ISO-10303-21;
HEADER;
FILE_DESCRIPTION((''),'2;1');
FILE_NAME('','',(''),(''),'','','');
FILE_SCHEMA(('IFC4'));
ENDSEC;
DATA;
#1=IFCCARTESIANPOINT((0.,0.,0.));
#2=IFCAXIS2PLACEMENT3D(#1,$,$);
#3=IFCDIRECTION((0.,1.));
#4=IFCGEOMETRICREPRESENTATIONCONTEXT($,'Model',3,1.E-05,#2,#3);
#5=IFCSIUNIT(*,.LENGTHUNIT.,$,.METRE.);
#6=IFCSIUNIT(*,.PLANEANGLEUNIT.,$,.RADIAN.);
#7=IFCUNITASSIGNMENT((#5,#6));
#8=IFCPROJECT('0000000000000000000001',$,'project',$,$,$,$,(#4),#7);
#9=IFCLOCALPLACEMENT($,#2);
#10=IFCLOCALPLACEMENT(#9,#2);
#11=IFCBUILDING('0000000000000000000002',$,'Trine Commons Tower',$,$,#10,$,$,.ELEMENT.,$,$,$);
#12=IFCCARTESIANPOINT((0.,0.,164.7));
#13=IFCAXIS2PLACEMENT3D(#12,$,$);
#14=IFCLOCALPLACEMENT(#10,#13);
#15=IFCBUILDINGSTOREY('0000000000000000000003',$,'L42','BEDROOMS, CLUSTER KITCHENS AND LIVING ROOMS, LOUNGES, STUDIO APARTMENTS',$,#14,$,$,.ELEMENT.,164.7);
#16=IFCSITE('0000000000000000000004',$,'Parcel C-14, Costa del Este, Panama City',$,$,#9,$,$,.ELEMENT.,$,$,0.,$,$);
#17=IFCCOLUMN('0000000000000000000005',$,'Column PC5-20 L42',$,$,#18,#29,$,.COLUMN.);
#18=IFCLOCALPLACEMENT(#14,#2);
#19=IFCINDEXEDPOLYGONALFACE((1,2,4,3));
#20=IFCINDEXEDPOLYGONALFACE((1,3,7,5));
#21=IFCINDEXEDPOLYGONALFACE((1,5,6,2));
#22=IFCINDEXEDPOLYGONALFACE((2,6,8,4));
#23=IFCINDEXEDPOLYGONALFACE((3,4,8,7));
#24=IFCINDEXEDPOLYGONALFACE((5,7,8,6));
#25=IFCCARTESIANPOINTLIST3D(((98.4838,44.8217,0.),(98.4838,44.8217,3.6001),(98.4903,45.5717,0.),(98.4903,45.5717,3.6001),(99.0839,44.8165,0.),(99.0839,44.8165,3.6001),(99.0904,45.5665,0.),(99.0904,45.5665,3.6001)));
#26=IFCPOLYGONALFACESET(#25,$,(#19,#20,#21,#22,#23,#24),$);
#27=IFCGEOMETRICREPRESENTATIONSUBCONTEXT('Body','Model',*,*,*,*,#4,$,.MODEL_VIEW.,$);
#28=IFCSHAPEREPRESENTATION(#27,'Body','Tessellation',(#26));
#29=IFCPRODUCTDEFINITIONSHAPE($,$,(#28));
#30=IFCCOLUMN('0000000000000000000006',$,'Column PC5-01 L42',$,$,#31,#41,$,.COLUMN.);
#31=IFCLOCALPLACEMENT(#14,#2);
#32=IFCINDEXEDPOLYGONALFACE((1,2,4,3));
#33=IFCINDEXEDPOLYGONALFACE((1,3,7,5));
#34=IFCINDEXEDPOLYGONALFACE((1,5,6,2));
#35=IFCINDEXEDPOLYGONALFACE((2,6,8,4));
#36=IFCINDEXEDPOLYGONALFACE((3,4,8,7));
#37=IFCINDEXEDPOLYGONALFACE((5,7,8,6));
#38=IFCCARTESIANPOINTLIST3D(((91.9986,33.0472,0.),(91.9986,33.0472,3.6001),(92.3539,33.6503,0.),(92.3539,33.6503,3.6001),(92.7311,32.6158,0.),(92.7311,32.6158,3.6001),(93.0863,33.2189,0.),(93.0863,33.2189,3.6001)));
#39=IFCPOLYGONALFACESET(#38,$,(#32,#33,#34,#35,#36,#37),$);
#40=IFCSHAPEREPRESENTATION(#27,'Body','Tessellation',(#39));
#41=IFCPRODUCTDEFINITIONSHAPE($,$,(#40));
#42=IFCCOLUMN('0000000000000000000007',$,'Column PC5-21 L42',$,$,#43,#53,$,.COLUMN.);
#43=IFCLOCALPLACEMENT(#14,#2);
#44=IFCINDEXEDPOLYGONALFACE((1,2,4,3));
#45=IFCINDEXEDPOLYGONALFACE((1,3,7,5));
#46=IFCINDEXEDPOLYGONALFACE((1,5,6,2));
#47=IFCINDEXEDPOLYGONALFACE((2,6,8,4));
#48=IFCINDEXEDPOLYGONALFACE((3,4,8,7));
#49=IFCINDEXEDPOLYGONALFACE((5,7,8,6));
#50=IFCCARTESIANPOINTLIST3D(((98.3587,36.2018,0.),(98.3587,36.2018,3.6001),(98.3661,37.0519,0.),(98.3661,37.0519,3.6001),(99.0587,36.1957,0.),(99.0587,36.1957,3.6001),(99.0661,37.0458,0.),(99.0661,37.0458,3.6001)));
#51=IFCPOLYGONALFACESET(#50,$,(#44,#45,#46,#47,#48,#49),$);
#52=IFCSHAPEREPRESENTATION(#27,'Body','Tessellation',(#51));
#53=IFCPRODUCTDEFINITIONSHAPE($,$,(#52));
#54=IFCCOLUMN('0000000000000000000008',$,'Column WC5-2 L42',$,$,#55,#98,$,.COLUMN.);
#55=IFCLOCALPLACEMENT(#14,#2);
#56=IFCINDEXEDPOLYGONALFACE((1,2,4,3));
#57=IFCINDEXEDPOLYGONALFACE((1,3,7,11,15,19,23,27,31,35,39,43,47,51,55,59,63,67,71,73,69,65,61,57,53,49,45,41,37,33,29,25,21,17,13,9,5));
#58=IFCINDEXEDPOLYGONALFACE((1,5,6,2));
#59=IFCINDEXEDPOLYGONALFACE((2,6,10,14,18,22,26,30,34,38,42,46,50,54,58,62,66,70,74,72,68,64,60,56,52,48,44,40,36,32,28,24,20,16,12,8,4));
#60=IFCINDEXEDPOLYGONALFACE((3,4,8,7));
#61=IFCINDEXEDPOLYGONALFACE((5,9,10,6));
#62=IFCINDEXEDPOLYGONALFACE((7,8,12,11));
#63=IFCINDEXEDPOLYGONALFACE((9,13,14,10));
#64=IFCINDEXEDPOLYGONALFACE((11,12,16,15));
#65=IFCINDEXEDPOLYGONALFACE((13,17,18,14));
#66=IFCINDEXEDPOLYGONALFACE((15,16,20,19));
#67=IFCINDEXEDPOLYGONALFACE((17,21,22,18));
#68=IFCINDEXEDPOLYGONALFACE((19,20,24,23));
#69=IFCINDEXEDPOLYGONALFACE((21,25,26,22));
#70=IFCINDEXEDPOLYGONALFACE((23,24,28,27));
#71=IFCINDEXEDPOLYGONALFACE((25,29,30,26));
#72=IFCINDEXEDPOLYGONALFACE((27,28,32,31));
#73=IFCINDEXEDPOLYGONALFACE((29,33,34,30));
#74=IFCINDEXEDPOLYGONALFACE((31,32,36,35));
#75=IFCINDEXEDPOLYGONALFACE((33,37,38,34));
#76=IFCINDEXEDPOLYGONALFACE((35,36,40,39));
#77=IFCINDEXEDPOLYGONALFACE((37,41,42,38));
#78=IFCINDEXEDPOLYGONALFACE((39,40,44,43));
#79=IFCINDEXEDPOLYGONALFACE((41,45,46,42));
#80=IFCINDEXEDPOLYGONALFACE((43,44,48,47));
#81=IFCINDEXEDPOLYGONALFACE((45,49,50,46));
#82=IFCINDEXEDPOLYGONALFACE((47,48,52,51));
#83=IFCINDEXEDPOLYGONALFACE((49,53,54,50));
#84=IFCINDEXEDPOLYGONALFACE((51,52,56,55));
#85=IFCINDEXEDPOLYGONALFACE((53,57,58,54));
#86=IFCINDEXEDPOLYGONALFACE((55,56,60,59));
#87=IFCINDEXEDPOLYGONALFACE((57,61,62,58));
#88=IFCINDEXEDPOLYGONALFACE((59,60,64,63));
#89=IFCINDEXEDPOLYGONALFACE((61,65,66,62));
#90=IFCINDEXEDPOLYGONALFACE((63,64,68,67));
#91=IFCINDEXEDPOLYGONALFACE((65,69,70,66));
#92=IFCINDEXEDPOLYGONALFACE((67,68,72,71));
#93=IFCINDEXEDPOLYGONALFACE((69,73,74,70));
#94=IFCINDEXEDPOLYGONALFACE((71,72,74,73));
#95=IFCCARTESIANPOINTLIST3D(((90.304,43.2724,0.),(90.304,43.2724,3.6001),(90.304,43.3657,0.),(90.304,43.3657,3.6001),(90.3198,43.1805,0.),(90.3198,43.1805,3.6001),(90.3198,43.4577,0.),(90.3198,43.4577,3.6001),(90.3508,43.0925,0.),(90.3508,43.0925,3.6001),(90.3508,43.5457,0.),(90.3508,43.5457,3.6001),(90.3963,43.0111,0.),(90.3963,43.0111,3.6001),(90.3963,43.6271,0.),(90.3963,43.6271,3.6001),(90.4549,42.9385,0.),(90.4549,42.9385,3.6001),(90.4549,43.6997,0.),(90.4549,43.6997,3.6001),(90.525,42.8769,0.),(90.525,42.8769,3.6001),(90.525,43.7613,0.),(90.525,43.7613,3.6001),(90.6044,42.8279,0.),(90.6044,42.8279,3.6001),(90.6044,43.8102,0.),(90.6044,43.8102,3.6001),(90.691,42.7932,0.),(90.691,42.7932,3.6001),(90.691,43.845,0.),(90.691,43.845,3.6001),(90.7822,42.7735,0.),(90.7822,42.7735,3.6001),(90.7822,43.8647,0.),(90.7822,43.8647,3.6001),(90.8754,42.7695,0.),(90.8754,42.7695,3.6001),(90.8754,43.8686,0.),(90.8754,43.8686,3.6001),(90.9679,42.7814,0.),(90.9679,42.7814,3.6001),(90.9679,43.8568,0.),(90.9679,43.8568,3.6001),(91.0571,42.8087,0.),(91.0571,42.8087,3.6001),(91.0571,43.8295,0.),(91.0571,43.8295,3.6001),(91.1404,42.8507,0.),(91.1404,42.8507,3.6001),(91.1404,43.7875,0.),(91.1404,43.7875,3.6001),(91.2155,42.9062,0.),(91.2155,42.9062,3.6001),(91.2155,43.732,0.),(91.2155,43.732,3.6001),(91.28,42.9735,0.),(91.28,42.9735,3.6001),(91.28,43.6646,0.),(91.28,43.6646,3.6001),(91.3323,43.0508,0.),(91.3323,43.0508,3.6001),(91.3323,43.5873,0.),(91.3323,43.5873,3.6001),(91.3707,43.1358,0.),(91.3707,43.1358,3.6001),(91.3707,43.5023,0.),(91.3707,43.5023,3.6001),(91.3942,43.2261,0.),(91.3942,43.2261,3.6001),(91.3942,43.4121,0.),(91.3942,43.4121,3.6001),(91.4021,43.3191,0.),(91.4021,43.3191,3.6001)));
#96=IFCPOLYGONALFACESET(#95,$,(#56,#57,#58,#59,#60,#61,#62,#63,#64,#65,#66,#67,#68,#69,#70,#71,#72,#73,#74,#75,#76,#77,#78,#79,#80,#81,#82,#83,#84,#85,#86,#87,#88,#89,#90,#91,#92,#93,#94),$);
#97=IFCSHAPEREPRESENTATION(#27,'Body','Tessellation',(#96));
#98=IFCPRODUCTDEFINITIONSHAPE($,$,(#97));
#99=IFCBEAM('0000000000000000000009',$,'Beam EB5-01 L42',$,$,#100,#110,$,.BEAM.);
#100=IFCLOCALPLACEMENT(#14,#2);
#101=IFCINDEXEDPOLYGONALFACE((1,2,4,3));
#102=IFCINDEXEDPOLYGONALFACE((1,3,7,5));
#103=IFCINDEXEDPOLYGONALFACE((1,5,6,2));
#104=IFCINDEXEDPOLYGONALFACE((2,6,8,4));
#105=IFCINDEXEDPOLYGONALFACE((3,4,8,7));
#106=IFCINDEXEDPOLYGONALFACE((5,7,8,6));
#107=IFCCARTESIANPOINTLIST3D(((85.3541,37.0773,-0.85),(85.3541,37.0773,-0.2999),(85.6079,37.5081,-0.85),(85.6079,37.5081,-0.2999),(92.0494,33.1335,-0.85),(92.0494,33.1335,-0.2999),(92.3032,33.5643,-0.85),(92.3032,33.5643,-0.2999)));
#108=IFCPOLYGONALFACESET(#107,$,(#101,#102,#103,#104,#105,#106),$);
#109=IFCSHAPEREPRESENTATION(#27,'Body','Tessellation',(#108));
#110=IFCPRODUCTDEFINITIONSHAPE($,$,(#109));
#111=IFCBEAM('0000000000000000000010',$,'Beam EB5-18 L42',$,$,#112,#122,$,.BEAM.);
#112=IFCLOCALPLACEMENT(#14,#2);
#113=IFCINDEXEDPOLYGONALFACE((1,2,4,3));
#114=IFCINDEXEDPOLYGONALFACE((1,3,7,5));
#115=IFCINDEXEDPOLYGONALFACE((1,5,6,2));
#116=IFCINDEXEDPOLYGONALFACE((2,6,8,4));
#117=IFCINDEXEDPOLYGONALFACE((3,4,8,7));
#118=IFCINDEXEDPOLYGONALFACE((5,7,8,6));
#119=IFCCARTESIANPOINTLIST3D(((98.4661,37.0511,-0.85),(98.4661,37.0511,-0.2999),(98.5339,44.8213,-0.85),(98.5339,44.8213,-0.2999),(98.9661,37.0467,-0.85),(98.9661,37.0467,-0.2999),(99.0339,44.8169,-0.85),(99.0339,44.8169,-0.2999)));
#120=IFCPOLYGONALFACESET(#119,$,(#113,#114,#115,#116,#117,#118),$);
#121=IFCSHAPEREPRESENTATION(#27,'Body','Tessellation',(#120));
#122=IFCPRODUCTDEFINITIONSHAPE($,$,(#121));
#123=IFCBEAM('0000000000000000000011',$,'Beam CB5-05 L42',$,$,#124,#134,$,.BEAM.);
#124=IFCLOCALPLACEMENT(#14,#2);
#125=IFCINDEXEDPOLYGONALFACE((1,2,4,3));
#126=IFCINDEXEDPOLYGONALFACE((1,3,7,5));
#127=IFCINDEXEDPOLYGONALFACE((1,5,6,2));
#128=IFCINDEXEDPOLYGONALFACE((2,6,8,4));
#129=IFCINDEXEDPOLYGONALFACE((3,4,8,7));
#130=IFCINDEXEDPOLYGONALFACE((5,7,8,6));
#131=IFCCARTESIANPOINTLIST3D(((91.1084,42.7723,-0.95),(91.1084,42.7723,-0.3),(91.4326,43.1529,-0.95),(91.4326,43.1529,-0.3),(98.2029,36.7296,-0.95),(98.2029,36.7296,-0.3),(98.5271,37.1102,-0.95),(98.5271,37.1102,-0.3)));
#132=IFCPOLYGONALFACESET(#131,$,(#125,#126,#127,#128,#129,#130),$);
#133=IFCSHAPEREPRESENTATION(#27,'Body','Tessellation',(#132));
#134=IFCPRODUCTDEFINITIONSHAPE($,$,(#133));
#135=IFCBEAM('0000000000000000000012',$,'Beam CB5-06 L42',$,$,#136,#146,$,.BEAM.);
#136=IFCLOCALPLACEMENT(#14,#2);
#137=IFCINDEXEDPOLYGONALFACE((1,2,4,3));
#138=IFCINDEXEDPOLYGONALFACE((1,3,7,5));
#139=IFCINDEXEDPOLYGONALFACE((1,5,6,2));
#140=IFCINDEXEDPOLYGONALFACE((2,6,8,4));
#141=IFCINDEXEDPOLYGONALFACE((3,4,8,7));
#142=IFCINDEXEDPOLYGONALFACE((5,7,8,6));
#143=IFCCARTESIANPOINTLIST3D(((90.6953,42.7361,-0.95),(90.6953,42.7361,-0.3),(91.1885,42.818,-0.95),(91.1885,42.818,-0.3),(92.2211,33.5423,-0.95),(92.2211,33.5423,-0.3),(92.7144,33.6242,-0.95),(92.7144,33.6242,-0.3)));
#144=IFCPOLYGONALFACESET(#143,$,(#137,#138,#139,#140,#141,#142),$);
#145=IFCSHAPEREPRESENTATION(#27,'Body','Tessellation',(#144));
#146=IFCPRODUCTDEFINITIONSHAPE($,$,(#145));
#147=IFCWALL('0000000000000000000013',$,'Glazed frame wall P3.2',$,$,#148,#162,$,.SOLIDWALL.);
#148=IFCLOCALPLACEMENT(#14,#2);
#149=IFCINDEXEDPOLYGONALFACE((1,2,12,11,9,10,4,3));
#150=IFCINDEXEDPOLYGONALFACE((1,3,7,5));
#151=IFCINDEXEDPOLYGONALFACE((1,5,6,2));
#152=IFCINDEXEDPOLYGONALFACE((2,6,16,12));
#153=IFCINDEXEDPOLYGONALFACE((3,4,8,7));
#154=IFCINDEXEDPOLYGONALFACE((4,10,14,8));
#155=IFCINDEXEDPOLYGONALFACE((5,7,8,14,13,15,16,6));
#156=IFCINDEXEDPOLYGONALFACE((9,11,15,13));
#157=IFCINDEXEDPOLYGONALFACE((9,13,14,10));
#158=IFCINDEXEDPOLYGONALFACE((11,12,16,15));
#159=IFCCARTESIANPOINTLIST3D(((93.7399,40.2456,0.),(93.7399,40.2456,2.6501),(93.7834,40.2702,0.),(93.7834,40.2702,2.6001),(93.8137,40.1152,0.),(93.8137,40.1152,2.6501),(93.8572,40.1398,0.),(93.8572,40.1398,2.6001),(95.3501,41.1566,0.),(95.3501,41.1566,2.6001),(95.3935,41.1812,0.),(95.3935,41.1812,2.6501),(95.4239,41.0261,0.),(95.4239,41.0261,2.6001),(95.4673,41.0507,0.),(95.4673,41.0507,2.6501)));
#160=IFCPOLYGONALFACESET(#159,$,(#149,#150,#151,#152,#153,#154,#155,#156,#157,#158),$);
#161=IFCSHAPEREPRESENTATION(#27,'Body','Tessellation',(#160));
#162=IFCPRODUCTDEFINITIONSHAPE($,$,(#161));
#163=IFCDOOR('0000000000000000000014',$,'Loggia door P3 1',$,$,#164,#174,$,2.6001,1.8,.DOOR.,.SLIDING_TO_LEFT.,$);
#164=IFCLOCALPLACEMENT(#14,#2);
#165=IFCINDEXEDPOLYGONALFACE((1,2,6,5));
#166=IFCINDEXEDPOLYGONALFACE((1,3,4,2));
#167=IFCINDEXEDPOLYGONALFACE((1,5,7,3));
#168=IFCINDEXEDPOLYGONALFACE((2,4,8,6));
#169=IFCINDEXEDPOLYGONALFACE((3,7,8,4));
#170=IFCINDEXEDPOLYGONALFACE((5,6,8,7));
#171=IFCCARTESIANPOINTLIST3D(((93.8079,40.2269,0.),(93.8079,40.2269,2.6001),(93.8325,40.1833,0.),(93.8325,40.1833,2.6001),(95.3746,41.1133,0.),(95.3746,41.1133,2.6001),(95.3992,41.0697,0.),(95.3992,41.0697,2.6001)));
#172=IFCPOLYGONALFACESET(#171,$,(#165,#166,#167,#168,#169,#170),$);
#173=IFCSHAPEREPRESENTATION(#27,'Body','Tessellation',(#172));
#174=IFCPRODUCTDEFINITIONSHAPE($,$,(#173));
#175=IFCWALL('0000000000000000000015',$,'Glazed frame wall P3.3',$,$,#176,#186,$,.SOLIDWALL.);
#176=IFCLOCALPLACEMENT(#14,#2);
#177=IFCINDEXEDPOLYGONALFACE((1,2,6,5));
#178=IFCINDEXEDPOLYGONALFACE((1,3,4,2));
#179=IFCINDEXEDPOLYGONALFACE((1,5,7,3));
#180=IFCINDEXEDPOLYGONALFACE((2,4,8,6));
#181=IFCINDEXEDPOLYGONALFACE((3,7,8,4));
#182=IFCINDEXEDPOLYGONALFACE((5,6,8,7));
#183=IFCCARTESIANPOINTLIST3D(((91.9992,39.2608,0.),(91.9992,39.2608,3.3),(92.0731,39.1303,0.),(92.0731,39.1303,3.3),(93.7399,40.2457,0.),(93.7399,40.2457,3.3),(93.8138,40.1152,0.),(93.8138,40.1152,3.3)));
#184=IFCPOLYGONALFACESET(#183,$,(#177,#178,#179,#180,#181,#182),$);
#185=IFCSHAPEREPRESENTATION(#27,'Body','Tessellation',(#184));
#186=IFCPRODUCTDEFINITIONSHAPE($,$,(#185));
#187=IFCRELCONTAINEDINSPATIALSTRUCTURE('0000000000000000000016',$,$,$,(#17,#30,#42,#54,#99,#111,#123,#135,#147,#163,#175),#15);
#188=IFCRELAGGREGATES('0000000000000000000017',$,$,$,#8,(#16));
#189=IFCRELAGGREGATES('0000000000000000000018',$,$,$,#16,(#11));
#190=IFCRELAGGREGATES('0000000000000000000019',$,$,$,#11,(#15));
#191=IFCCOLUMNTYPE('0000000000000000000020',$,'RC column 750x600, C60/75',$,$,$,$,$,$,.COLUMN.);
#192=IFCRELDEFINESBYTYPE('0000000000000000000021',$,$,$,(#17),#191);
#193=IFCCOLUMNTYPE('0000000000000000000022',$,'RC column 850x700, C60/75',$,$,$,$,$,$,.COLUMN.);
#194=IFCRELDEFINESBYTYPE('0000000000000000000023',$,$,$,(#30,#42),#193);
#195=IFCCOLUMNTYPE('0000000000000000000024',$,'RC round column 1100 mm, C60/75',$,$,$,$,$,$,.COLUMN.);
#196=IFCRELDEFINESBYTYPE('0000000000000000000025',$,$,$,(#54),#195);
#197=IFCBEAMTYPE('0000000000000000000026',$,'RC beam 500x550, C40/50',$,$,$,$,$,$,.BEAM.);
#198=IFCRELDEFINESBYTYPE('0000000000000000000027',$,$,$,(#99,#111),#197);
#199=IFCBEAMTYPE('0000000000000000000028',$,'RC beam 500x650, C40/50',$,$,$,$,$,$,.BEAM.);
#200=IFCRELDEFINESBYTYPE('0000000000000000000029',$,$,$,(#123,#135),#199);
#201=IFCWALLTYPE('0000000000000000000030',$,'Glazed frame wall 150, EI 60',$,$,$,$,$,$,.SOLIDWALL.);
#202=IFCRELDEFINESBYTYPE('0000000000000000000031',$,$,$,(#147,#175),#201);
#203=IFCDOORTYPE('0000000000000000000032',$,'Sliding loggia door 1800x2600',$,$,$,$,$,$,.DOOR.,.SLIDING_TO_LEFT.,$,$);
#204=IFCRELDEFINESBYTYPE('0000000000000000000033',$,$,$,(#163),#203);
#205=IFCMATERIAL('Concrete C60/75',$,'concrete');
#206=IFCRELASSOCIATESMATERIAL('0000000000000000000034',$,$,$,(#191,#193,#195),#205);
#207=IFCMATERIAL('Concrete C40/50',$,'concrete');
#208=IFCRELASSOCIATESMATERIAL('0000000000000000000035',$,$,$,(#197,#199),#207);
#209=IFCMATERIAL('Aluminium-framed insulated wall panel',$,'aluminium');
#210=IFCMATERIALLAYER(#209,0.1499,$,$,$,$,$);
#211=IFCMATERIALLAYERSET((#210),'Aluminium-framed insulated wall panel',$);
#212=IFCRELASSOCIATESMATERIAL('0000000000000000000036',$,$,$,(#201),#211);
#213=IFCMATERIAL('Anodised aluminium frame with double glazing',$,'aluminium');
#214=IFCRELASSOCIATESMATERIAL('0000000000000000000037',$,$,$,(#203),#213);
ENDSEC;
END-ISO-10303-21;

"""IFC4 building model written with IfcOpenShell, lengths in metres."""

from ifc_helpers import new_model, si_unit, direction, frame, frame_2d, origin, origin_2d, place, context, subcontext, project, spatial, polyline, rectangle, circle, outline, extrude, material, layer, layer_set, material_profile, profile_set, type_object, element, fill, save


model = new_model("IFC4")

# Units and contexts
model_context = context("Model", 3, precision=1e-05, world=origin(), true_north=direction((0.0, 1.0)))
body_context = subcontext(model_context, "Body", "Model", "MODEL_VIEW")
ifc_project = project(units=[si_unit("LENGTHUNIT", "METRE"), si_unit("PLANEANGLEUNIT", "RADIAN")], contexts=[model_context])

# Site, building, storey
site_placement = place(None, origin())
site = spatial("IfcSite", under=ifc_project, at=site_placement, Name="Parcel C-14, Costa del Este, Panama City", CompositionType="ELEMENT", RefElevation=0.0)
building_placement = place(site_placement, origin())
building = spatial("IfcBuilding", under=site, at=building_placement, Name="Trine Commons Tower", CompositionType="ELEMENT")
storey_placement = place(building_placement, frame((0.0, 0.0, 164.7)))
storey = spatial("IfcBuildingStorey", under=building, at=storey_placement, Name="L42", Description="BEDROOMS, CLUSTER KITCHENS AND LIVING ROOMS, LOUNGES, STUDIO APARTMENTS", CompositionType="ELEMENT", Elevation=164.7)

# Columns
ifc_material_1 = material(Name="Concrete C60/75", Category="concrete")
ifc_material_profile_1 = material_profile(ifc_material_1, rectangle(XDim=0.75, YDim=0.6001, at=origin_2d()), Name="RC 750x600")
ifc_profile_set_1 = profile_set([ifc_material_profile_1], Name="Concrete C60/75")
column_type_1 = type_object("IfcColumnType", Name="RC column 750x600, C60/75", PredefinedType="COLUMN", material=ifc_profile_set_1)
column_1_placement = place(storey_placement, frame((98.7871, 45.1941, 0.0), z_axis=(0.0, 0.0, 1.0), x_axis=(0.008727, 0.999962, 0.0)))
element("IfcColumn", 1, at=column_1_placement, inside=storey, type_object=column_type_1, Name="Column PC5-20 L42", PredefinedType="COLUMN", context=body_context, shape_type="SweptSolid", body=[
    extrude(rectangle(XDim=0.75, YDim=0.6001, at=origin_2d()), origin(), (0.0, 0.0, 1.0), 3.6001),
])
ifc_material_profile_2 = material_profile(ifc_material_1, rectangle(XDim=0.8501, YDim=0.7, at=origin_2d()), Name="RC 850x700")
ifc_profile_set_2 = profile_set([ifc_material_profile_2], Name="Concrete C60/75")
column_type_2 = type_object("IfcColumnType", Name="RC column 850x700, C60/75", PredefinedType="COLUMN", material=ifc_profile_set_2)
for number, where, z_axis, x_axis, name in (
    (2, (92.5425, 33.1331, 0.0), (0.0, 0.0, 1.0), (-0.861629, 0.507538, 0.0), "Column PC5-01 L42"),
    (3, (98.7124, 36.6238, 0.0), (0.0, 0.0, 1.0), (0.008727, 0.999962, 0.0), "Column PC5-21 L42"),
):
    element("IfcColumn", number, at=place(storey_placement, frame(where, z_axis=z_axis, x_axis=x_axis)), inside=storey, type_object=column_type_2, Name=name, PredefinedType="COLUMN", context=body_context, shape_type="SweptSolid", body=[
        extrude(rectangle(XDim=0.8501, YDim=0.7, at=origin_2d()), origin(), (0.0, 0.0, 1.0), 3.6001),
    ])
ifc_material_profile_3 = material_profile(ifc_material_1, circle(Radius=0.55, at=origin_2d()), Name="RC round 1100")
ifc_profile_set_3 = profile_set([ifc_material_profile_3], Name="Concrete C60/75")
column_type_3 = type_object("IfcColumnType", Name="RC round column 1100 mm, C60/75", PredefinedType="COLUMN", material=ifc_profile_set_3)
column_2_placement = place(storey_placement, frame((90.8521, 43.3191, 0.0), z_axis=(0.0, 0.0, 1.0), x_axis=(1.0, 0.0, 0.0)))
element("IfcColumn", 4, at=column_2_placement, inside=storey, type_object=column_type_3, Name="Column WC5-2 L42", PredefinedType="COLUMN", context=body_context, shape_type="SweptSolid", body=[
    extrude(circle(Radius=0.55, at=origin_2d()), origin(), (0.0, 0.0, 1.0), 3.6001),
])

# Beams
ifc_material_2 = material(Name="Concrete C40/50", Category="concrete")
ifc_material_profile_4 = material_profile(ifc_material_2, rectangle(XDim=0.5, YDim=0.55, at=origin_2d()), Name="RC 500x550")
ifc_profile_set_4 = profile_set([ifc_material_profile_4], Name="Concrete C40/50")
beam_type_1 = type_object("IfcBeamType", Name="RC beam 500x550, C40/50", PredefinedType="BEAM", material=ifc_profile_set_4)
for number, where, z_axis, x_axis, name in (
    (5, (92.1763, 33.3489, -0.575), (-0.861629, 0.507539, 0.0), (-0.507539, -0.861629, 0.0), "Beam EB5-01 L42"),
    (6, (98.7839, 44.8191, -0.575), (-0.008734, -0.999962, 0.0), (0.999962, -0.008734, 0.0), "Beam EB5-18 L42"),
):
    element("IfcBeam", number, at=place(storey_placement, frame(where, z_axis=z_axis, x_axis=x_axis)), inside=storey, type_object=beam_type_1, Name=name, PredefinedType="BEAM", context=body_context, shape_type="SweptSolid", body=[
        extrude(rectangle(XDim=0.5, YDim=0.55, at=origin_2d()), origin(), (0.0, 0.0, 1.0), 7.7705),
    ])
ifc_material_profile_5 = material_profile(ifc_material_2, rectangle(XDim=0.5, YDim=0.6499, at=origin_2d()), Name="RC 500x650")
ifc_profile_set_5 = profile_set([ifc_material_profile_5], Name="Concrete C40/50")
beam_type_2 = type_object("IfcBeamType", Name="RC beam 500x650, C40/50", PredefinedType="BEAM", material=ifc_profile_set_5)
beam_1_placement = place(storey_placement, frame((98.365, 36.9199, -0.625), z_axis=(-0.761282, 0.648421, 0.0), x_axis=(-0.648421, -0.761282, 0.0)))
element("IfcBeam", 7, at=beam_1_placement, inside=storey, type_object=beam_type_2, Name="Beam CB5-05 L42", PredefinedType="BEAM", context=body_context, shape_type="SweptSolid", body=[
    extrude(rectangle(XDim=0.5, YDim=0.6499, at=origin_2d()), origin(), (0.0, 0.0, 1.0), 9.3191),
])
beam_2_placement = place(storey_placement, frame((92.4678, 33.5833, -0.625), z_axis=(-0.163728, 0.986506, 0.0), x_axis=(-0.986506, -0.163728, 0.0)))
element("IfcBeam", 8, at=beam_2_placement, inside=storey, type_object=beam_type_2, Name="Beam CB5-06 L42", PredefinedType="BEAM", context=body_context, shape_type="SweptSolid", body=[
    extrude(rectangle(XDim=0.5, YDim=0.6499, at=origin_2d()), origin(), (0.0, 0.0, 1.0), 9.3196),
])

# Shared definitions
ifc_material_3 = material(Name="Aluminium-framed insulated wall panel", Category="aluminium")
ifc_layer_1 = layer(ifc_material_3, 0.1499)
ifc_layer_set_1 = layer_set([ifc_layer_1], Name="Aluminium-framed insulated wall panel")
wall_type_1 = type_object("IfcWallType", Name="Glazed frame wall 150, EI 60", PredefinedType="SOLIDWALL", material=ifc_layer_set_1)

# Wall, opening, door
wall_1_placement = place(storey_placement, frame((95.4304, 41.116, 0.0), z_axis=(0.0, 0.0, 1.0), x_axis=(-0.870355, -0.492426, 0.0)))
wall_1 = element("IfcWall", 9, at=wall_1_placement, inside=storey, type_object=wall_type_1, Name="Glazed frame wall P3.2", PredefinedType="SOLIDWALL", context=body_context, shape_type="SweptSolid", body=[
    extrude(outline(polyline([(0.0, -0.075), (1.8999, -0.075), (1.8999, 0.075), (0.0, 0.075), (0.0, -0.075)])), origin(), (0.0, 0.0, 1.0), 2.6501),
])
opening_1_placement = place(wall_1_placement, frame((0.05, 0.0, 0.0)))
opening_1 = element("IfcOpeningElement", 10, at=opening_1_placement, cuts=wall_1, PredefinedType="OPENING", context=body_context, shape_type="SweptSolid", body=[
    extrude(rectangle(XDim=1.8, YDim=2.6001, at=frame_2d((0.8999, 1.3))), frame((0.0, 0.085, 0.0), z_axis=(0.0, -1.0, 0.0), x_axis=(1.0, 0.0, 0.0)), (0.0, 0.0, 1.0), 0.1699),
])
ifc_material_4 = material(Name="Anodised aluminium frame with double glazing", Category="aluminium")
door_type_1 = type_object("IfcDoorType", Name="Sliding loggia door 1800x2600", OperationType="SLIDING_TO_LEFT", PredefinedType="DOOR", material=ifc_material_4)
door_1_placement = place(opening_1_placement, origin())
door_1 = element("IfcDoor", 11, at=door_1_placement, inside=storey, type_object=door_type_1, Name="Loggia door P3 1", OperationType="SLIDING_TO_LEFT", OverallHeight=2.6001, OverallWidth=1.8, PredefinedType="DOOR", context=body_context, shape_type="SweptSolid", body=[
    extrude(rectangle(XDim=1.8, YDim=2.6001, at=frame_2d((0.8999, 1.3))), frame((0.0, 0.0249, 0.0), z_axis=(0.0, -1.0, 0.0), x_axis=(1.0, 0.0, 0.0)), (0.0, 0.0, 1.0), 0.05),
])
fill(opening_1, door_1)

# Wall
wall_2_placement = place(storey_placement, frame((93.7769, 40.1804, 0.0), z_axis=(0.0, 0.0, 1.0), x_axis=(-0.870354, -0.492427, 0.0)))
element("IfcWall", 12, at=wall_2_placement, inside=storey, type_object=wall_type_1, Name="Glazed frame wall P3.3", PredefinedType="SOLIDWALL", context=body_context, shape_type="SweptSolid", body=[
    extrude(outline(polyline([(0.0, -0.075), (2.0, -0.075), (2.0, 0.075), (0.0, 0.075), (0.0, -0.075)])), origin(), (0.0, 0.0, 1.0), 3.3),
])

save(model, "model.ifc")
